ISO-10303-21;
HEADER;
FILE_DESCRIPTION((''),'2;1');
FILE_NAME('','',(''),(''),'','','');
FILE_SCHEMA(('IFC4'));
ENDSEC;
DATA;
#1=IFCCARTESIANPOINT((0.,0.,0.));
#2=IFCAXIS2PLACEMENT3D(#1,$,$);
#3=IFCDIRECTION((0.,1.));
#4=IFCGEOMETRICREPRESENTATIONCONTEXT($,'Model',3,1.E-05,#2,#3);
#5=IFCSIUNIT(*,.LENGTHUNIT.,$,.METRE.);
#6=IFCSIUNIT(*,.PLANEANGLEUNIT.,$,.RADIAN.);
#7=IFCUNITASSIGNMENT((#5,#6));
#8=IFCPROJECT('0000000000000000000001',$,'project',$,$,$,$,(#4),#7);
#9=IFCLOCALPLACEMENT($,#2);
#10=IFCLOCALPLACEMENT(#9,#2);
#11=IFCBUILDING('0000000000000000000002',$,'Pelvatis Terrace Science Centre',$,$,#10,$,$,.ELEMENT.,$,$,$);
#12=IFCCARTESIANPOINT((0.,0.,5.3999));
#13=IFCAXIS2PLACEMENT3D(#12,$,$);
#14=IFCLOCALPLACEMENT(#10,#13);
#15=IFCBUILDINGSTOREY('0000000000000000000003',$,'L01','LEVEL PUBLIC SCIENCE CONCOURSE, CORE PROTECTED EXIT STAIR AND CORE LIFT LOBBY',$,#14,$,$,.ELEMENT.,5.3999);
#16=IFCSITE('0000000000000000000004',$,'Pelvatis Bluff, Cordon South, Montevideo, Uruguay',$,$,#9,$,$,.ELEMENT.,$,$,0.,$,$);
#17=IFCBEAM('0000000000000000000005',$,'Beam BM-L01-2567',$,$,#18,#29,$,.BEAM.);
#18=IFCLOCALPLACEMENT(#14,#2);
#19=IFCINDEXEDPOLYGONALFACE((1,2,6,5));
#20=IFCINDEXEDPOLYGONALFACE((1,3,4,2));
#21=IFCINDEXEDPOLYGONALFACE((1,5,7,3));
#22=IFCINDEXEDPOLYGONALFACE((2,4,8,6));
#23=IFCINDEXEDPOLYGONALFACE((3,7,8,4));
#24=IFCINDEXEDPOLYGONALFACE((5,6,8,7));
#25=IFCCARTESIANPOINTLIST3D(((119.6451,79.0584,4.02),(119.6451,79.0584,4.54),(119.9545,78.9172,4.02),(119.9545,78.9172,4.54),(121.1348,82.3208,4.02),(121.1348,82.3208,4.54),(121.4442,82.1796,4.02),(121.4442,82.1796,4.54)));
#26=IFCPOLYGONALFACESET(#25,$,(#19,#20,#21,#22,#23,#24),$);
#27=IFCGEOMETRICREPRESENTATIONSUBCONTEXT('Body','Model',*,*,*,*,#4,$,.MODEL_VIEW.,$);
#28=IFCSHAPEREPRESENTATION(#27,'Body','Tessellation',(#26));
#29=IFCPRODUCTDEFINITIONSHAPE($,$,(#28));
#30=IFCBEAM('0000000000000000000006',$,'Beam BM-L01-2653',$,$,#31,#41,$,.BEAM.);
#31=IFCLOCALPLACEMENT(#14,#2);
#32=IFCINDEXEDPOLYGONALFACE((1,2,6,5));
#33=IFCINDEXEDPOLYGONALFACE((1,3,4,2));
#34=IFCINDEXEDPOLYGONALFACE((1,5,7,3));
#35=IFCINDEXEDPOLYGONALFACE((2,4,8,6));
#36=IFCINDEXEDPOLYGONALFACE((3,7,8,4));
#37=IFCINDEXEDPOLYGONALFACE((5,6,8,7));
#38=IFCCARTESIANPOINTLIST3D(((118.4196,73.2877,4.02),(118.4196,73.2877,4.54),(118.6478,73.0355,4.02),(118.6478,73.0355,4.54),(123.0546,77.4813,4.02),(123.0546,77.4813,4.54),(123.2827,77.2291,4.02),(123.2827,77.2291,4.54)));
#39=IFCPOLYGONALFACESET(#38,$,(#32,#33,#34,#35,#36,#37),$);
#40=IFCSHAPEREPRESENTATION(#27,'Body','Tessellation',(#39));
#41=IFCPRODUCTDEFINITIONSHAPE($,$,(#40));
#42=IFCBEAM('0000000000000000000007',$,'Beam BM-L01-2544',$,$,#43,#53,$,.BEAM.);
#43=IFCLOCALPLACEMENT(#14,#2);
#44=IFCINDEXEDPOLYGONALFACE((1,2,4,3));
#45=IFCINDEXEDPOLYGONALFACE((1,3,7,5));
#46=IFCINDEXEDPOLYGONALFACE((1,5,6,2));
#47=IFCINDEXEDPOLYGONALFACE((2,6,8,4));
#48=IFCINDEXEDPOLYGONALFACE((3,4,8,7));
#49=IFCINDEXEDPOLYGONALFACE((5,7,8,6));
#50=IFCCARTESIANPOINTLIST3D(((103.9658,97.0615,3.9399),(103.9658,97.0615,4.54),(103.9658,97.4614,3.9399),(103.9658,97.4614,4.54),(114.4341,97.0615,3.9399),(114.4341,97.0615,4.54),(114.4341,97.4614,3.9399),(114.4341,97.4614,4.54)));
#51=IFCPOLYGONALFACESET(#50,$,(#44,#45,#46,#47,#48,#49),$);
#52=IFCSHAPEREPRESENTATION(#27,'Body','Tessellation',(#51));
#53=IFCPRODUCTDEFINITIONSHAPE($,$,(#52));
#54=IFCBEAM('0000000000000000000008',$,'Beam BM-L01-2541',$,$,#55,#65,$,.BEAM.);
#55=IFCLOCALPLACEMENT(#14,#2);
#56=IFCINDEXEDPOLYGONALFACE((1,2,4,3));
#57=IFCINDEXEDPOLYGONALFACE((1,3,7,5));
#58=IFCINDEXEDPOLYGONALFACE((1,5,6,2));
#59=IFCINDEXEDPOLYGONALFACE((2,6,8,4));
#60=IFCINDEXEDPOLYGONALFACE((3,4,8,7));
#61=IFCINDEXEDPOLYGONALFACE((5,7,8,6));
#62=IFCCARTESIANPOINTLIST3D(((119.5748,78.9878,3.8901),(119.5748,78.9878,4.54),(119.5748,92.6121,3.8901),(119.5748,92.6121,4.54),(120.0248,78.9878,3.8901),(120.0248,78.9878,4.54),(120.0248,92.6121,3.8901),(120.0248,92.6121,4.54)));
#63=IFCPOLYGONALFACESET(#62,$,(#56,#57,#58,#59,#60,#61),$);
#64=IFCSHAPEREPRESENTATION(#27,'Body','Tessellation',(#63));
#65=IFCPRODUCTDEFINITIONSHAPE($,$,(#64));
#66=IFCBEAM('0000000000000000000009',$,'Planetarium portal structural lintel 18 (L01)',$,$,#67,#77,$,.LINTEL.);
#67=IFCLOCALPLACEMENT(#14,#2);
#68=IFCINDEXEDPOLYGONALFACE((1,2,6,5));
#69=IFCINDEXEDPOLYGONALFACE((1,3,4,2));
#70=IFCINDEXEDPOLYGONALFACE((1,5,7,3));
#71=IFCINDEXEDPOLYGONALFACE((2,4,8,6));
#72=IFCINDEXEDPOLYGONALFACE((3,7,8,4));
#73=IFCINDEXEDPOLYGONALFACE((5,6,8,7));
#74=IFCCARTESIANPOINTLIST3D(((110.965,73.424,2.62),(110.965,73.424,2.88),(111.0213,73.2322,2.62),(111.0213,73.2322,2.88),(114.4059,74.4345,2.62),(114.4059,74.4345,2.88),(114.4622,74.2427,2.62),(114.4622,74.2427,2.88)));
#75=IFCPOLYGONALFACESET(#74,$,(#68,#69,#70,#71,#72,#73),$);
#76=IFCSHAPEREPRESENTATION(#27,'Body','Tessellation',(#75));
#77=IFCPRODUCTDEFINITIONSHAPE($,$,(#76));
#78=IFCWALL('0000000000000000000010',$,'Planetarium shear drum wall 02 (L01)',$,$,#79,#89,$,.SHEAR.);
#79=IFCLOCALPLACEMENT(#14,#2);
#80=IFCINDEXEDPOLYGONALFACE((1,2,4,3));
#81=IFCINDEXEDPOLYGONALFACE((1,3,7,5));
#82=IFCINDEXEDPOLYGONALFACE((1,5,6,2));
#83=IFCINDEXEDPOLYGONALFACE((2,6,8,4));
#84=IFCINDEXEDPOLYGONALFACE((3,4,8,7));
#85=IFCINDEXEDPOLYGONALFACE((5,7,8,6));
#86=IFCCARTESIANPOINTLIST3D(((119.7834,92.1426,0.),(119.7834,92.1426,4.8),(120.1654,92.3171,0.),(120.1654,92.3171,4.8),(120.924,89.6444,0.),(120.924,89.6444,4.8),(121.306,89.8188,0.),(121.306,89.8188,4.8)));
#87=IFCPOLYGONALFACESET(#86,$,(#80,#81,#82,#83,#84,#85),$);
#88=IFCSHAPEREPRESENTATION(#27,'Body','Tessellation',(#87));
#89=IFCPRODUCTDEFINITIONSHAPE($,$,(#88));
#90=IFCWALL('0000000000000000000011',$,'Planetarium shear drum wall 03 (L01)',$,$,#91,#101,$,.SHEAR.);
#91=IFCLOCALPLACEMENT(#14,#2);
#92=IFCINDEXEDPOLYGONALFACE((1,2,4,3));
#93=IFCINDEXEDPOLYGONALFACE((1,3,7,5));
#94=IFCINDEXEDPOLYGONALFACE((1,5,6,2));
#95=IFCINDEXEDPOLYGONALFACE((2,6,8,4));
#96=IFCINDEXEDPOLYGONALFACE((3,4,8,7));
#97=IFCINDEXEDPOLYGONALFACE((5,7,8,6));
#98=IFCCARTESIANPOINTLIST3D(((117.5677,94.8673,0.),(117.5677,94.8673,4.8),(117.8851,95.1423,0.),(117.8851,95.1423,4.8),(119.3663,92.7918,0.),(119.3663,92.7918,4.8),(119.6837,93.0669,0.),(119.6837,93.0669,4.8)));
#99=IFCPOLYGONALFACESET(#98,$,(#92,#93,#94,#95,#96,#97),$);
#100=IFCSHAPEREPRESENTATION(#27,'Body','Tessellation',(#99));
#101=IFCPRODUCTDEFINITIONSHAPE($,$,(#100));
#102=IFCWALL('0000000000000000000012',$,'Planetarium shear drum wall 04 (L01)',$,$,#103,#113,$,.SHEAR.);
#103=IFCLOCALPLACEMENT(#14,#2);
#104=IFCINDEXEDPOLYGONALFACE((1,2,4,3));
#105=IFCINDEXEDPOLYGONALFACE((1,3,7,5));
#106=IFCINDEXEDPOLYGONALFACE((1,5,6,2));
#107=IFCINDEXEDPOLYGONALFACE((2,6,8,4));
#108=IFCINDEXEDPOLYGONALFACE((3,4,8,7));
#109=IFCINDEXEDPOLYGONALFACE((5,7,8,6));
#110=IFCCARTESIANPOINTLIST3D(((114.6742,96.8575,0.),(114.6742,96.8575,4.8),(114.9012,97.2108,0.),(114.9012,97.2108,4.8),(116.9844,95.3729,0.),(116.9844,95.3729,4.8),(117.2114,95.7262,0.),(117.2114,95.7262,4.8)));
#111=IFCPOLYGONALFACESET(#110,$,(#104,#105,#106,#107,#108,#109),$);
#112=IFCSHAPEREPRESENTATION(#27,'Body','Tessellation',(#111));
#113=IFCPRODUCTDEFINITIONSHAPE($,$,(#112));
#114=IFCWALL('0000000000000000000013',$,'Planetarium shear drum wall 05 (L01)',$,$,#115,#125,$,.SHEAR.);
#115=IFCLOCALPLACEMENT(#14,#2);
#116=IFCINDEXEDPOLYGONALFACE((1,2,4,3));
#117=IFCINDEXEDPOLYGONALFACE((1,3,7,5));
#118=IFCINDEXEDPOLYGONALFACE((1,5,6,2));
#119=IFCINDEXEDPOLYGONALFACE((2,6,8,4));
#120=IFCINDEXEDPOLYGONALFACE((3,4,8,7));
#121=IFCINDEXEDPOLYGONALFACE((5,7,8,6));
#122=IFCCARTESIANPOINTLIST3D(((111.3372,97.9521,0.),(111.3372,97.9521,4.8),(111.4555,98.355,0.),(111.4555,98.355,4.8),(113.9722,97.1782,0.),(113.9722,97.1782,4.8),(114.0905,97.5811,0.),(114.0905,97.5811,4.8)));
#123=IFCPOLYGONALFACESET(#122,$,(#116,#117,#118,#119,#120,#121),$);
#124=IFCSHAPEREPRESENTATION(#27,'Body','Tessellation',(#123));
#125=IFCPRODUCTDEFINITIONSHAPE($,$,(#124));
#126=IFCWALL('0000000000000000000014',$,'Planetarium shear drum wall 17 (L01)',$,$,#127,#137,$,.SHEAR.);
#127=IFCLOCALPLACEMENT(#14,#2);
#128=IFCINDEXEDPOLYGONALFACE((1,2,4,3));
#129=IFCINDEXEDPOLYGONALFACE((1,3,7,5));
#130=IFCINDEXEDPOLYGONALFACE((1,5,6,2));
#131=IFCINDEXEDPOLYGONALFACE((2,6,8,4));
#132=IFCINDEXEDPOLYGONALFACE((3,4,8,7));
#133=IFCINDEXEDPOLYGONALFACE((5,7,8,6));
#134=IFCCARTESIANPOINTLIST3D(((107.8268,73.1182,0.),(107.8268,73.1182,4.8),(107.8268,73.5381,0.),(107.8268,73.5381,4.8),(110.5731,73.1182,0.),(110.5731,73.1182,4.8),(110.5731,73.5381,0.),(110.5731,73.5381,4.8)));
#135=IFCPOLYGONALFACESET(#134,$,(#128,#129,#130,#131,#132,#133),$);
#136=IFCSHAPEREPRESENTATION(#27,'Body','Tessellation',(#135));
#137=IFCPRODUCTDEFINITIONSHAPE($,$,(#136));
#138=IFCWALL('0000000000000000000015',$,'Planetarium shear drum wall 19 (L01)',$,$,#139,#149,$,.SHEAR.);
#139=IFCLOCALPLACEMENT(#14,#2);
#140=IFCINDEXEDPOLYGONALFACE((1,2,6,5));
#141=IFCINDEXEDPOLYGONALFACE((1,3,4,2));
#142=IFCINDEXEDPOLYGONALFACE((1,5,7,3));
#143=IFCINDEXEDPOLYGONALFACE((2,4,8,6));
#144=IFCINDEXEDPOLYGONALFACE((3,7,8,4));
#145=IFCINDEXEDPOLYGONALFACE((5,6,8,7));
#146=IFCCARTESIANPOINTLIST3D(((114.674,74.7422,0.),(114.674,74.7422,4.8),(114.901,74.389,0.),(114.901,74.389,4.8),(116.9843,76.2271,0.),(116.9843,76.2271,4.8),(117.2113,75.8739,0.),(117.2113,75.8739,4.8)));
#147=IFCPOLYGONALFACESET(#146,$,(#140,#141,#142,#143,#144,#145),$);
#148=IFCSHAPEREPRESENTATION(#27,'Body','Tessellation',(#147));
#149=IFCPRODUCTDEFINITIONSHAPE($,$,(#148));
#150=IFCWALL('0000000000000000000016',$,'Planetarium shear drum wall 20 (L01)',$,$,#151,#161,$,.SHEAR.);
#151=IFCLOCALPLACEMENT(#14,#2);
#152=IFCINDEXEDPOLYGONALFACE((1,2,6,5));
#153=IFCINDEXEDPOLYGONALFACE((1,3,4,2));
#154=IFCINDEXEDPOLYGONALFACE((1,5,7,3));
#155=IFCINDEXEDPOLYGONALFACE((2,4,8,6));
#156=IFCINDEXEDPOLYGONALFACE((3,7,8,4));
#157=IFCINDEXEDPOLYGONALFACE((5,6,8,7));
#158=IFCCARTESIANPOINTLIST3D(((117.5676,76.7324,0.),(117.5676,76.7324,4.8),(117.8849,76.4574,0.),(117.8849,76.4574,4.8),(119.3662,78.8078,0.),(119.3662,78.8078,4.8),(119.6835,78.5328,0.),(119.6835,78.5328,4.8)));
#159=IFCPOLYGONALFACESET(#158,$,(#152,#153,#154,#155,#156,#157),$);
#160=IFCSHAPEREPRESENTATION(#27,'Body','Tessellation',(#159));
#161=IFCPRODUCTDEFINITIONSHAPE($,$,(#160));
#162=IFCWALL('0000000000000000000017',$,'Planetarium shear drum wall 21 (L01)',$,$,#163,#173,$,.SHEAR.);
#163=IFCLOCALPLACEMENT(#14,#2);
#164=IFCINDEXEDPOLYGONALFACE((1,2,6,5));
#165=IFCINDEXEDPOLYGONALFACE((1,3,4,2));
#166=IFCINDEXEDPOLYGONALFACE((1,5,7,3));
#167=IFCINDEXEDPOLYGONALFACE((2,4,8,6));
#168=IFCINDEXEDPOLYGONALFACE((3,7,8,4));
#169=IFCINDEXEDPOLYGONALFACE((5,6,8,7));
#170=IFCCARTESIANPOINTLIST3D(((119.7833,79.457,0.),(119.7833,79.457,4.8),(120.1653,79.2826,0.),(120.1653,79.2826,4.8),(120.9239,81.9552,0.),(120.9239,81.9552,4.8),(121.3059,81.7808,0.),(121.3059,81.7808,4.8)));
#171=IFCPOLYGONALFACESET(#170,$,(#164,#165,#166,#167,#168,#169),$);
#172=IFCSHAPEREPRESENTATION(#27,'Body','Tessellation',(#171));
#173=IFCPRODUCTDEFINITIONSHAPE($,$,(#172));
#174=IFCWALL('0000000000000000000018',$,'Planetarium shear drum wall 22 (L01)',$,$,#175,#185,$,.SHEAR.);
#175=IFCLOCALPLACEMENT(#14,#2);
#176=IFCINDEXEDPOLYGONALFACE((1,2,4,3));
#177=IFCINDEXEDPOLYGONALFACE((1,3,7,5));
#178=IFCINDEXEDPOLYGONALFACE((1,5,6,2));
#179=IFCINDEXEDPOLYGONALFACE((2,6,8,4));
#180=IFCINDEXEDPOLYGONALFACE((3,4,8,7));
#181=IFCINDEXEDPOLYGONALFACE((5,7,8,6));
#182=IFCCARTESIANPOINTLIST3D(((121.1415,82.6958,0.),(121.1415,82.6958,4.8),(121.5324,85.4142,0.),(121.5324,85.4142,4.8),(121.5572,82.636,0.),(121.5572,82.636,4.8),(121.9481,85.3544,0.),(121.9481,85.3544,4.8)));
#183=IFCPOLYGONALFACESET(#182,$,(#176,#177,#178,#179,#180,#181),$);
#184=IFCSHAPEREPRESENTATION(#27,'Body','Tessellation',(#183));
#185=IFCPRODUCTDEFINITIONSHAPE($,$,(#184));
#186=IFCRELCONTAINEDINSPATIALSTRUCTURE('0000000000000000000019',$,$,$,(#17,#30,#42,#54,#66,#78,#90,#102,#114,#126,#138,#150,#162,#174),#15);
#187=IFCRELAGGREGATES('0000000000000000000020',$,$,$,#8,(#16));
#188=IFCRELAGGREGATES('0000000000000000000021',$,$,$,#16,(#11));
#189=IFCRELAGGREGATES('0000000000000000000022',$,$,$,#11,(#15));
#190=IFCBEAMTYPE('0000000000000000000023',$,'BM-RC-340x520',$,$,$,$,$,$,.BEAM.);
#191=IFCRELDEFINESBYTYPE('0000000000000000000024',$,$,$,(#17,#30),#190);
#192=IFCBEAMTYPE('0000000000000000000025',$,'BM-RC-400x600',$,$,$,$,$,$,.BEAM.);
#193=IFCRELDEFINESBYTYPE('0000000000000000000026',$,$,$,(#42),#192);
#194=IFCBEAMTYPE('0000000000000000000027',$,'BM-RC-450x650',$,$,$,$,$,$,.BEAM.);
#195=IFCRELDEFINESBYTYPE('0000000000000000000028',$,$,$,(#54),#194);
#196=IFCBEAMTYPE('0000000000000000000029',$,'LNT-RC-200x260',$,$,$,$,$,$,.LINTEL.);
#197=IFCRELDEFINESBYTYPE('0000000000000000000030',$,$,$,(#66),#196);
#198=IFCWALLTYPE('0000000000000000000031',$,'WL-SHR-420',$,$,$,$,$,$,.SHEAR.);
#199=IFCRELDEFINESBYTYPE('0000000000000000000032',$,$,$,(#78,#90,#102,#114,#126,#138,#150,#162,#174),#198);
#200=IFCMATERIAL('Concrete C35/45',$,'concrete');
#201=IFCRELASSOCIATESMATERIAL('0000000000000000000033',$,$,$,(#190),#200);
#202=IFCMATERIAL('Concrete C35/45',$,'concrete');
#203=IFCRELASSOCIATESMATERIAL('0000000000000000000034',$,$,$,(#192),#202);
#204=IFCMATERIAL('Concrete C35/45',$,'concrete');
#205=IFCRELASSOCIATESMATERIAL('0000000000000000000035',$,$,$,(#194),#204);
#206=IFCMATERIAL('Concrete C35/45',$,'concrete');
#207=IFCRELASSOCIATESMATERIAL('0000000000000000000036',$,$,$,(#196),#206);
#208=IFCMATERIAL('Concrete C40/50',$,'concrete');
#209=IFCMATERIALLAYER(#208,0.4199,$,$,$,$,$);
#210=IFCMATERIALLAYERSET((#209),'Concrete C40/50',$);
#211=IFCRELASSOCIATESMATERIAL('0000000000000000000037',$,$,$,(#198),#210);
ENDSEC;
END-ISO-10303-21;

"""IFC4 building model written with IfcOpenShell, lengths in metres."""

from ifc_helpers import new_model, si_unit, direction, frame, frame_2d, origin, origin_2d, place, context, subcontext, project, spatial, rectangle, extrude, material, layer, layer_set, material_profile, profile_set, type_object, element, save


model = new_model("IFC4")

# Units and contexts
model_context = context("Model", 3, precision=1e-05, world=origin(), true_north=direction((0.0, 1.0)))
body_context = subcontext(model_context, "Body", "Model", "MODEL_VIEW")
ifc_project = project(units=[si_unit("LENGTHUNIT", "METRE"), si_unit("PLANEANGLEUNIT", "RADIAN")], contexts=[model_context])

# Site, building, storey
site_placement = place(None, origin())
site = spatial("IfcSite", under=ifc_project, at=site_placement, Name="Pelvatis Bluff, Cordon South, Montevideo, Uruguay", CompositionType="ELEMENT", RefElevation=0.0)
building_placement = place(site_placement, origin())
building = spatial("IfcBuilding", under=site, at=building_placement, Name="Pelvatis Terrace Science Centre", CompositionType="ELEMENT")
storey_placement = place(building_placement, frame((0.0, 0.0, 5.3999)))
storey = spatial("IfcBuildingStorey", under=building, at=storey_placement, Name="L01", Description="LEVEL PUBLIC SCIENCE CONCOURSE, CORE PROTECTED EXIT STAIR AND CORE LIFT LOBBY", CompositionType="ELEMENT", Elevation=5.3999)

# Beams
ifc_material_1 = material(Name="Concrete C35/45", Category="concrete")
ifc_material_profile_1 = material_profile(ifc_material_1, rectangle(XDim=0.3401, YDim=0.52, at=origin_2d()), Name="RC-BM 340x520")
ifc_profile_set_1 = profile_set([ifc_material_profile_1], Name="Concrete C35/45")
beam_type_1 = type_object("IfcBeamType", Name="BM-RC-340x520", PredefinedType="BEAM", material=ifc_profile_set_1)
beam_1_placement = place(storey_placement, frame((119.7998, 78.9878, 4.28), z_axis=(0.415377, 0.909649, 0.0), x_axis=(-0.909649, 0.415377, 0.0)))
element("IfcBeam", 1, at=beam_1_placement, inside=storey, type_object=beam_type_1, Name="Beam BM-L01-2567", PredefinedType="BEAM", context=body_context, shape_type="SweptSolid", body=[
    extrude(rectangle(XDim=0.3401, YDim=0.52, at=origin_2d()), origin(), (0.0, 0.0, 1.0), 3.5864),
])
beam_2_placement = place(storey_placement, frame((118.5337, 73.1616, 4.28), z_axis=(0.741534, 0.670915, 0.0), x_axis=(-0.670915, 0.741534, 0.0)))
element("IfcBeam", 2, at=beam_2_placement, inside=storey, type_object=beam_type_1, Name="Beam BM-L01-2653", PredefinedType="BEAM", context=body_context, shape_type="SweptSolid", body=[
    extrude(rectangle(XDim=0.3401, YDim=0.52, at=origin_2d()), origin(), (0.0, 0.0, 1.0), 6.2505),
])
ifc_material_2 = material(Name="Concrete C35/45", Category="concrete")
ifc_material_profile_2 = material_profile(ifc_material_2, rectangle(XDim=0.3999, YDim=0.6001, at=origin_2d()), Name="RC-BM 400x600")
ifc_profile_set_2 = profile_set([ifc_material_profile_2], Name="Concrete C35/45")
beam_type_2 = type_object("IfcBeamType", Name="BM-RC-400x600", PredefinedType="BEAM", material=ifc_profile_set_2)
beam_3_placement = place(storey_placement, frame((114.4341, 97.2615, 4.24), z_axis=(-1.0, 0.0, 0.0), x_axis=(0.0, -1.0, 0.0)))
element("IfcBeam", 3, at=beam_3_placement, inside=storey, type_object=beam_type_2, Name="Beam BM-L01-2544", PredefinedType="BEAM", context=body_context, shape_type="SweptSolid", body=[
    extrude(rectangle(XDim=0.3999, YDim=0.6001, at=origin_2d()), origin(), (0.0, 0.0, 1.0), 10.4683),
])
ifc_material_3 = material(Name="Concrete C35/45", Category="concrete")
ifc_material_profile_3 = material_profile(ifc_material_3, rectangle(XDim=0.45, YDim=0.6499, at=origin_2d()), Name="RC-BM 450x650")
ifc_profile_set_3 = profile_set([ifc_material_profile_3], Name="Concrete C35/45")
beam_type_3 = type_object("IfcBeamType", Name="BM-RC-450x650", PredefinedType="BEAM", material=ifc_profile_set_3)
beam_4_placement = place(storey_placement, frame((119.7998, 92.6121, 4.2151), z_axis=(0.0, -1.0, 0.0), x_axis=(1.0, 0.0, 0.0)))
element("IfcBeam", 4, at=beam_4_placement, inside=storey, type_object=beam_type_3, Name="Beam BM-L01-2541", PredefinedType="BEAM", context=body_context, shape_type="SweptSolid", body=[
    extrude(rectangle(XDim=0.45, YDim=0.6499, at=origin_2d()), origin(), (0.0, 0.0, 1.0), 13.6243),
])
ifc_material_4 = material(Name="Concrete C35/45", Category="concrete")
ifc_material_profile_4 = material_profile(ifc_material_4, rectangle(XDim=0.2, YDim=0.26, at=origin_2d()), Name="RC-LNT 200x260")
ifc_profile_set_4 = profile_set([ifc_material_profile_4], Name="Concrete C35/45")
beam_type_4 = type_object("IfcBeamType", Name="LNT-RC-200x260", PredefinedType="LINTEL", material=ifc_profile_set_4)
beam_5_placement = place(storey_placement, frame((110.9932, 73.3281, 2.75), z_axis=(0.959481, 0.281772, 0.0), x_axis=(-0.281772, 0.959481, 0.0)))
element("IfcBeam", 5, at=beam_5_placement, inside=storey, type_object=beam_type_4, Name="Planetarium portal structural lintel 18 (L01)", PredefinedType="LINTEL", context=body_context, shape_type="SweptSolid", body=[
    extrude(rectangle(XDim=0.2, YDim=0.26, at=origin_2d()), origin(), (0.0, 0.0, 1.0), 3.5862),
])

# Walls
ifc_material_5 = material(Name="Concrete C40/50", Category="concrete")
ifc_layer = layer(ifc_material_5, 0.4199)
ifc_layer_set = layer_set([ifc_layer], Name="Concrete C40/50")
wall_type = type_object("IfcWallType", Name="WL-SHR-420", PredefinedType="SHEAR", material=ifc_layer_set)
for number, where, z_axis, x_axis, name in (
    (6, (121.115, 89.7317, 0.0), (0.0, 0.0, 1.0), (-0.415323, 0.909674, 0.0), "Planetarium shear drum wall 02 (L01)"),
    (7, (119.5249, 92.9294, 0.0), (0.0, 0.0, 1.0), (-0.654903, 0.755713, 0.0), "Planetarium shear drum wall 03 (L01)"),
):
    element("IfcWall", number, at=place(storey_placement, frame(where, z_axis=z_axis, x_axis=x_axis)), inside=storey, type_object=wall_type, Name=name, PredefinedType="SHEAR", context=body_context, shape_type="SweptSolid", body=[
        extrude(rectangle(XDim=2.7463, YDim=0.4199, at=frame_2d((1.373, 0.0))), origin(), (0.0, 0.0, 1.0), 4.8),
    ])
wall_placement = place(storey_placement, frame((117.0979, 95.5496, 0.0), z_axis=(0.0, 0.0, 1.0), x_axis=(-0.841274, 0.540609, 0.0)))
element("IfcWall", 8, at=wall_placement, inside=storey, type_object=wall_type, Name="Planetarium shear drum wall 04 (L01)", PredefinedType="SHEAR", context=body_context, shape_type="SweptSolid", body=[
    extrude(rectangle(XDim=2.7461, YDim=0.4199, at=frame_2d((1.373, 0.0))), origin(), (0.0, 0.0, 1.0), 4.8),
])
for number, where, z_axis, x_axis, name in (
    (9, (114.0312, 97.3796, 0.0), (0.0, 0.0, 1.0), (-0.959472, 0.281805, 0.0), "Planetarium shear drum wall 05 (L01)"),
    (10, (107.8269, 73.3281, 0.0), (0.0, 0.0, 1.0), (1.0, 0.0, 0.0), "Planetarium shear drum wall 17 (L01)"),
    (11, (114.7876, 74.5657, 0.0), (0.0, 0.0, 1.0), (0.841233, 0.540672, 0.0), "Planetarium shear drum wall 19 (L01)"),
    (12, (117.7263, 76.595, 0.0), (0.0, 0.0, 1.0), (0.654903, 0.755713, 0.0), "Planetarium shear drum wall 20 (L01)"),
    (13, (119.9744, 79.3699, 0.0), (0.0, 0.0, 1.0), (0.415323, 0.909674, 0.0), "Planetarium shear drum wall 21 (L01)"),
    (14, (121.3494, 82.666, 0.0), (0.0, 0.0, 1.0), (0.14233, 0.989819, 0.0), "Planetarium shear drum wall 22 (L01)"),
):
    element("IfcWall", number, at=place(storey_placement, frame(where, z_axis=z_axis, x_axis=x_axis)), inside=storey, type_object=wall_type, Name=name, PredefinedType="SHEAR", context=body_context, shape_type="SweptSolid", body=[
        extrude(rectangle(XDim=2.7463, YDim=0.4199, at=frame_2d((1.373, 0.0))), origin(), (0.0, 0.0, 1.0), 4.8),
    ])

save(model, "model.ifc")
